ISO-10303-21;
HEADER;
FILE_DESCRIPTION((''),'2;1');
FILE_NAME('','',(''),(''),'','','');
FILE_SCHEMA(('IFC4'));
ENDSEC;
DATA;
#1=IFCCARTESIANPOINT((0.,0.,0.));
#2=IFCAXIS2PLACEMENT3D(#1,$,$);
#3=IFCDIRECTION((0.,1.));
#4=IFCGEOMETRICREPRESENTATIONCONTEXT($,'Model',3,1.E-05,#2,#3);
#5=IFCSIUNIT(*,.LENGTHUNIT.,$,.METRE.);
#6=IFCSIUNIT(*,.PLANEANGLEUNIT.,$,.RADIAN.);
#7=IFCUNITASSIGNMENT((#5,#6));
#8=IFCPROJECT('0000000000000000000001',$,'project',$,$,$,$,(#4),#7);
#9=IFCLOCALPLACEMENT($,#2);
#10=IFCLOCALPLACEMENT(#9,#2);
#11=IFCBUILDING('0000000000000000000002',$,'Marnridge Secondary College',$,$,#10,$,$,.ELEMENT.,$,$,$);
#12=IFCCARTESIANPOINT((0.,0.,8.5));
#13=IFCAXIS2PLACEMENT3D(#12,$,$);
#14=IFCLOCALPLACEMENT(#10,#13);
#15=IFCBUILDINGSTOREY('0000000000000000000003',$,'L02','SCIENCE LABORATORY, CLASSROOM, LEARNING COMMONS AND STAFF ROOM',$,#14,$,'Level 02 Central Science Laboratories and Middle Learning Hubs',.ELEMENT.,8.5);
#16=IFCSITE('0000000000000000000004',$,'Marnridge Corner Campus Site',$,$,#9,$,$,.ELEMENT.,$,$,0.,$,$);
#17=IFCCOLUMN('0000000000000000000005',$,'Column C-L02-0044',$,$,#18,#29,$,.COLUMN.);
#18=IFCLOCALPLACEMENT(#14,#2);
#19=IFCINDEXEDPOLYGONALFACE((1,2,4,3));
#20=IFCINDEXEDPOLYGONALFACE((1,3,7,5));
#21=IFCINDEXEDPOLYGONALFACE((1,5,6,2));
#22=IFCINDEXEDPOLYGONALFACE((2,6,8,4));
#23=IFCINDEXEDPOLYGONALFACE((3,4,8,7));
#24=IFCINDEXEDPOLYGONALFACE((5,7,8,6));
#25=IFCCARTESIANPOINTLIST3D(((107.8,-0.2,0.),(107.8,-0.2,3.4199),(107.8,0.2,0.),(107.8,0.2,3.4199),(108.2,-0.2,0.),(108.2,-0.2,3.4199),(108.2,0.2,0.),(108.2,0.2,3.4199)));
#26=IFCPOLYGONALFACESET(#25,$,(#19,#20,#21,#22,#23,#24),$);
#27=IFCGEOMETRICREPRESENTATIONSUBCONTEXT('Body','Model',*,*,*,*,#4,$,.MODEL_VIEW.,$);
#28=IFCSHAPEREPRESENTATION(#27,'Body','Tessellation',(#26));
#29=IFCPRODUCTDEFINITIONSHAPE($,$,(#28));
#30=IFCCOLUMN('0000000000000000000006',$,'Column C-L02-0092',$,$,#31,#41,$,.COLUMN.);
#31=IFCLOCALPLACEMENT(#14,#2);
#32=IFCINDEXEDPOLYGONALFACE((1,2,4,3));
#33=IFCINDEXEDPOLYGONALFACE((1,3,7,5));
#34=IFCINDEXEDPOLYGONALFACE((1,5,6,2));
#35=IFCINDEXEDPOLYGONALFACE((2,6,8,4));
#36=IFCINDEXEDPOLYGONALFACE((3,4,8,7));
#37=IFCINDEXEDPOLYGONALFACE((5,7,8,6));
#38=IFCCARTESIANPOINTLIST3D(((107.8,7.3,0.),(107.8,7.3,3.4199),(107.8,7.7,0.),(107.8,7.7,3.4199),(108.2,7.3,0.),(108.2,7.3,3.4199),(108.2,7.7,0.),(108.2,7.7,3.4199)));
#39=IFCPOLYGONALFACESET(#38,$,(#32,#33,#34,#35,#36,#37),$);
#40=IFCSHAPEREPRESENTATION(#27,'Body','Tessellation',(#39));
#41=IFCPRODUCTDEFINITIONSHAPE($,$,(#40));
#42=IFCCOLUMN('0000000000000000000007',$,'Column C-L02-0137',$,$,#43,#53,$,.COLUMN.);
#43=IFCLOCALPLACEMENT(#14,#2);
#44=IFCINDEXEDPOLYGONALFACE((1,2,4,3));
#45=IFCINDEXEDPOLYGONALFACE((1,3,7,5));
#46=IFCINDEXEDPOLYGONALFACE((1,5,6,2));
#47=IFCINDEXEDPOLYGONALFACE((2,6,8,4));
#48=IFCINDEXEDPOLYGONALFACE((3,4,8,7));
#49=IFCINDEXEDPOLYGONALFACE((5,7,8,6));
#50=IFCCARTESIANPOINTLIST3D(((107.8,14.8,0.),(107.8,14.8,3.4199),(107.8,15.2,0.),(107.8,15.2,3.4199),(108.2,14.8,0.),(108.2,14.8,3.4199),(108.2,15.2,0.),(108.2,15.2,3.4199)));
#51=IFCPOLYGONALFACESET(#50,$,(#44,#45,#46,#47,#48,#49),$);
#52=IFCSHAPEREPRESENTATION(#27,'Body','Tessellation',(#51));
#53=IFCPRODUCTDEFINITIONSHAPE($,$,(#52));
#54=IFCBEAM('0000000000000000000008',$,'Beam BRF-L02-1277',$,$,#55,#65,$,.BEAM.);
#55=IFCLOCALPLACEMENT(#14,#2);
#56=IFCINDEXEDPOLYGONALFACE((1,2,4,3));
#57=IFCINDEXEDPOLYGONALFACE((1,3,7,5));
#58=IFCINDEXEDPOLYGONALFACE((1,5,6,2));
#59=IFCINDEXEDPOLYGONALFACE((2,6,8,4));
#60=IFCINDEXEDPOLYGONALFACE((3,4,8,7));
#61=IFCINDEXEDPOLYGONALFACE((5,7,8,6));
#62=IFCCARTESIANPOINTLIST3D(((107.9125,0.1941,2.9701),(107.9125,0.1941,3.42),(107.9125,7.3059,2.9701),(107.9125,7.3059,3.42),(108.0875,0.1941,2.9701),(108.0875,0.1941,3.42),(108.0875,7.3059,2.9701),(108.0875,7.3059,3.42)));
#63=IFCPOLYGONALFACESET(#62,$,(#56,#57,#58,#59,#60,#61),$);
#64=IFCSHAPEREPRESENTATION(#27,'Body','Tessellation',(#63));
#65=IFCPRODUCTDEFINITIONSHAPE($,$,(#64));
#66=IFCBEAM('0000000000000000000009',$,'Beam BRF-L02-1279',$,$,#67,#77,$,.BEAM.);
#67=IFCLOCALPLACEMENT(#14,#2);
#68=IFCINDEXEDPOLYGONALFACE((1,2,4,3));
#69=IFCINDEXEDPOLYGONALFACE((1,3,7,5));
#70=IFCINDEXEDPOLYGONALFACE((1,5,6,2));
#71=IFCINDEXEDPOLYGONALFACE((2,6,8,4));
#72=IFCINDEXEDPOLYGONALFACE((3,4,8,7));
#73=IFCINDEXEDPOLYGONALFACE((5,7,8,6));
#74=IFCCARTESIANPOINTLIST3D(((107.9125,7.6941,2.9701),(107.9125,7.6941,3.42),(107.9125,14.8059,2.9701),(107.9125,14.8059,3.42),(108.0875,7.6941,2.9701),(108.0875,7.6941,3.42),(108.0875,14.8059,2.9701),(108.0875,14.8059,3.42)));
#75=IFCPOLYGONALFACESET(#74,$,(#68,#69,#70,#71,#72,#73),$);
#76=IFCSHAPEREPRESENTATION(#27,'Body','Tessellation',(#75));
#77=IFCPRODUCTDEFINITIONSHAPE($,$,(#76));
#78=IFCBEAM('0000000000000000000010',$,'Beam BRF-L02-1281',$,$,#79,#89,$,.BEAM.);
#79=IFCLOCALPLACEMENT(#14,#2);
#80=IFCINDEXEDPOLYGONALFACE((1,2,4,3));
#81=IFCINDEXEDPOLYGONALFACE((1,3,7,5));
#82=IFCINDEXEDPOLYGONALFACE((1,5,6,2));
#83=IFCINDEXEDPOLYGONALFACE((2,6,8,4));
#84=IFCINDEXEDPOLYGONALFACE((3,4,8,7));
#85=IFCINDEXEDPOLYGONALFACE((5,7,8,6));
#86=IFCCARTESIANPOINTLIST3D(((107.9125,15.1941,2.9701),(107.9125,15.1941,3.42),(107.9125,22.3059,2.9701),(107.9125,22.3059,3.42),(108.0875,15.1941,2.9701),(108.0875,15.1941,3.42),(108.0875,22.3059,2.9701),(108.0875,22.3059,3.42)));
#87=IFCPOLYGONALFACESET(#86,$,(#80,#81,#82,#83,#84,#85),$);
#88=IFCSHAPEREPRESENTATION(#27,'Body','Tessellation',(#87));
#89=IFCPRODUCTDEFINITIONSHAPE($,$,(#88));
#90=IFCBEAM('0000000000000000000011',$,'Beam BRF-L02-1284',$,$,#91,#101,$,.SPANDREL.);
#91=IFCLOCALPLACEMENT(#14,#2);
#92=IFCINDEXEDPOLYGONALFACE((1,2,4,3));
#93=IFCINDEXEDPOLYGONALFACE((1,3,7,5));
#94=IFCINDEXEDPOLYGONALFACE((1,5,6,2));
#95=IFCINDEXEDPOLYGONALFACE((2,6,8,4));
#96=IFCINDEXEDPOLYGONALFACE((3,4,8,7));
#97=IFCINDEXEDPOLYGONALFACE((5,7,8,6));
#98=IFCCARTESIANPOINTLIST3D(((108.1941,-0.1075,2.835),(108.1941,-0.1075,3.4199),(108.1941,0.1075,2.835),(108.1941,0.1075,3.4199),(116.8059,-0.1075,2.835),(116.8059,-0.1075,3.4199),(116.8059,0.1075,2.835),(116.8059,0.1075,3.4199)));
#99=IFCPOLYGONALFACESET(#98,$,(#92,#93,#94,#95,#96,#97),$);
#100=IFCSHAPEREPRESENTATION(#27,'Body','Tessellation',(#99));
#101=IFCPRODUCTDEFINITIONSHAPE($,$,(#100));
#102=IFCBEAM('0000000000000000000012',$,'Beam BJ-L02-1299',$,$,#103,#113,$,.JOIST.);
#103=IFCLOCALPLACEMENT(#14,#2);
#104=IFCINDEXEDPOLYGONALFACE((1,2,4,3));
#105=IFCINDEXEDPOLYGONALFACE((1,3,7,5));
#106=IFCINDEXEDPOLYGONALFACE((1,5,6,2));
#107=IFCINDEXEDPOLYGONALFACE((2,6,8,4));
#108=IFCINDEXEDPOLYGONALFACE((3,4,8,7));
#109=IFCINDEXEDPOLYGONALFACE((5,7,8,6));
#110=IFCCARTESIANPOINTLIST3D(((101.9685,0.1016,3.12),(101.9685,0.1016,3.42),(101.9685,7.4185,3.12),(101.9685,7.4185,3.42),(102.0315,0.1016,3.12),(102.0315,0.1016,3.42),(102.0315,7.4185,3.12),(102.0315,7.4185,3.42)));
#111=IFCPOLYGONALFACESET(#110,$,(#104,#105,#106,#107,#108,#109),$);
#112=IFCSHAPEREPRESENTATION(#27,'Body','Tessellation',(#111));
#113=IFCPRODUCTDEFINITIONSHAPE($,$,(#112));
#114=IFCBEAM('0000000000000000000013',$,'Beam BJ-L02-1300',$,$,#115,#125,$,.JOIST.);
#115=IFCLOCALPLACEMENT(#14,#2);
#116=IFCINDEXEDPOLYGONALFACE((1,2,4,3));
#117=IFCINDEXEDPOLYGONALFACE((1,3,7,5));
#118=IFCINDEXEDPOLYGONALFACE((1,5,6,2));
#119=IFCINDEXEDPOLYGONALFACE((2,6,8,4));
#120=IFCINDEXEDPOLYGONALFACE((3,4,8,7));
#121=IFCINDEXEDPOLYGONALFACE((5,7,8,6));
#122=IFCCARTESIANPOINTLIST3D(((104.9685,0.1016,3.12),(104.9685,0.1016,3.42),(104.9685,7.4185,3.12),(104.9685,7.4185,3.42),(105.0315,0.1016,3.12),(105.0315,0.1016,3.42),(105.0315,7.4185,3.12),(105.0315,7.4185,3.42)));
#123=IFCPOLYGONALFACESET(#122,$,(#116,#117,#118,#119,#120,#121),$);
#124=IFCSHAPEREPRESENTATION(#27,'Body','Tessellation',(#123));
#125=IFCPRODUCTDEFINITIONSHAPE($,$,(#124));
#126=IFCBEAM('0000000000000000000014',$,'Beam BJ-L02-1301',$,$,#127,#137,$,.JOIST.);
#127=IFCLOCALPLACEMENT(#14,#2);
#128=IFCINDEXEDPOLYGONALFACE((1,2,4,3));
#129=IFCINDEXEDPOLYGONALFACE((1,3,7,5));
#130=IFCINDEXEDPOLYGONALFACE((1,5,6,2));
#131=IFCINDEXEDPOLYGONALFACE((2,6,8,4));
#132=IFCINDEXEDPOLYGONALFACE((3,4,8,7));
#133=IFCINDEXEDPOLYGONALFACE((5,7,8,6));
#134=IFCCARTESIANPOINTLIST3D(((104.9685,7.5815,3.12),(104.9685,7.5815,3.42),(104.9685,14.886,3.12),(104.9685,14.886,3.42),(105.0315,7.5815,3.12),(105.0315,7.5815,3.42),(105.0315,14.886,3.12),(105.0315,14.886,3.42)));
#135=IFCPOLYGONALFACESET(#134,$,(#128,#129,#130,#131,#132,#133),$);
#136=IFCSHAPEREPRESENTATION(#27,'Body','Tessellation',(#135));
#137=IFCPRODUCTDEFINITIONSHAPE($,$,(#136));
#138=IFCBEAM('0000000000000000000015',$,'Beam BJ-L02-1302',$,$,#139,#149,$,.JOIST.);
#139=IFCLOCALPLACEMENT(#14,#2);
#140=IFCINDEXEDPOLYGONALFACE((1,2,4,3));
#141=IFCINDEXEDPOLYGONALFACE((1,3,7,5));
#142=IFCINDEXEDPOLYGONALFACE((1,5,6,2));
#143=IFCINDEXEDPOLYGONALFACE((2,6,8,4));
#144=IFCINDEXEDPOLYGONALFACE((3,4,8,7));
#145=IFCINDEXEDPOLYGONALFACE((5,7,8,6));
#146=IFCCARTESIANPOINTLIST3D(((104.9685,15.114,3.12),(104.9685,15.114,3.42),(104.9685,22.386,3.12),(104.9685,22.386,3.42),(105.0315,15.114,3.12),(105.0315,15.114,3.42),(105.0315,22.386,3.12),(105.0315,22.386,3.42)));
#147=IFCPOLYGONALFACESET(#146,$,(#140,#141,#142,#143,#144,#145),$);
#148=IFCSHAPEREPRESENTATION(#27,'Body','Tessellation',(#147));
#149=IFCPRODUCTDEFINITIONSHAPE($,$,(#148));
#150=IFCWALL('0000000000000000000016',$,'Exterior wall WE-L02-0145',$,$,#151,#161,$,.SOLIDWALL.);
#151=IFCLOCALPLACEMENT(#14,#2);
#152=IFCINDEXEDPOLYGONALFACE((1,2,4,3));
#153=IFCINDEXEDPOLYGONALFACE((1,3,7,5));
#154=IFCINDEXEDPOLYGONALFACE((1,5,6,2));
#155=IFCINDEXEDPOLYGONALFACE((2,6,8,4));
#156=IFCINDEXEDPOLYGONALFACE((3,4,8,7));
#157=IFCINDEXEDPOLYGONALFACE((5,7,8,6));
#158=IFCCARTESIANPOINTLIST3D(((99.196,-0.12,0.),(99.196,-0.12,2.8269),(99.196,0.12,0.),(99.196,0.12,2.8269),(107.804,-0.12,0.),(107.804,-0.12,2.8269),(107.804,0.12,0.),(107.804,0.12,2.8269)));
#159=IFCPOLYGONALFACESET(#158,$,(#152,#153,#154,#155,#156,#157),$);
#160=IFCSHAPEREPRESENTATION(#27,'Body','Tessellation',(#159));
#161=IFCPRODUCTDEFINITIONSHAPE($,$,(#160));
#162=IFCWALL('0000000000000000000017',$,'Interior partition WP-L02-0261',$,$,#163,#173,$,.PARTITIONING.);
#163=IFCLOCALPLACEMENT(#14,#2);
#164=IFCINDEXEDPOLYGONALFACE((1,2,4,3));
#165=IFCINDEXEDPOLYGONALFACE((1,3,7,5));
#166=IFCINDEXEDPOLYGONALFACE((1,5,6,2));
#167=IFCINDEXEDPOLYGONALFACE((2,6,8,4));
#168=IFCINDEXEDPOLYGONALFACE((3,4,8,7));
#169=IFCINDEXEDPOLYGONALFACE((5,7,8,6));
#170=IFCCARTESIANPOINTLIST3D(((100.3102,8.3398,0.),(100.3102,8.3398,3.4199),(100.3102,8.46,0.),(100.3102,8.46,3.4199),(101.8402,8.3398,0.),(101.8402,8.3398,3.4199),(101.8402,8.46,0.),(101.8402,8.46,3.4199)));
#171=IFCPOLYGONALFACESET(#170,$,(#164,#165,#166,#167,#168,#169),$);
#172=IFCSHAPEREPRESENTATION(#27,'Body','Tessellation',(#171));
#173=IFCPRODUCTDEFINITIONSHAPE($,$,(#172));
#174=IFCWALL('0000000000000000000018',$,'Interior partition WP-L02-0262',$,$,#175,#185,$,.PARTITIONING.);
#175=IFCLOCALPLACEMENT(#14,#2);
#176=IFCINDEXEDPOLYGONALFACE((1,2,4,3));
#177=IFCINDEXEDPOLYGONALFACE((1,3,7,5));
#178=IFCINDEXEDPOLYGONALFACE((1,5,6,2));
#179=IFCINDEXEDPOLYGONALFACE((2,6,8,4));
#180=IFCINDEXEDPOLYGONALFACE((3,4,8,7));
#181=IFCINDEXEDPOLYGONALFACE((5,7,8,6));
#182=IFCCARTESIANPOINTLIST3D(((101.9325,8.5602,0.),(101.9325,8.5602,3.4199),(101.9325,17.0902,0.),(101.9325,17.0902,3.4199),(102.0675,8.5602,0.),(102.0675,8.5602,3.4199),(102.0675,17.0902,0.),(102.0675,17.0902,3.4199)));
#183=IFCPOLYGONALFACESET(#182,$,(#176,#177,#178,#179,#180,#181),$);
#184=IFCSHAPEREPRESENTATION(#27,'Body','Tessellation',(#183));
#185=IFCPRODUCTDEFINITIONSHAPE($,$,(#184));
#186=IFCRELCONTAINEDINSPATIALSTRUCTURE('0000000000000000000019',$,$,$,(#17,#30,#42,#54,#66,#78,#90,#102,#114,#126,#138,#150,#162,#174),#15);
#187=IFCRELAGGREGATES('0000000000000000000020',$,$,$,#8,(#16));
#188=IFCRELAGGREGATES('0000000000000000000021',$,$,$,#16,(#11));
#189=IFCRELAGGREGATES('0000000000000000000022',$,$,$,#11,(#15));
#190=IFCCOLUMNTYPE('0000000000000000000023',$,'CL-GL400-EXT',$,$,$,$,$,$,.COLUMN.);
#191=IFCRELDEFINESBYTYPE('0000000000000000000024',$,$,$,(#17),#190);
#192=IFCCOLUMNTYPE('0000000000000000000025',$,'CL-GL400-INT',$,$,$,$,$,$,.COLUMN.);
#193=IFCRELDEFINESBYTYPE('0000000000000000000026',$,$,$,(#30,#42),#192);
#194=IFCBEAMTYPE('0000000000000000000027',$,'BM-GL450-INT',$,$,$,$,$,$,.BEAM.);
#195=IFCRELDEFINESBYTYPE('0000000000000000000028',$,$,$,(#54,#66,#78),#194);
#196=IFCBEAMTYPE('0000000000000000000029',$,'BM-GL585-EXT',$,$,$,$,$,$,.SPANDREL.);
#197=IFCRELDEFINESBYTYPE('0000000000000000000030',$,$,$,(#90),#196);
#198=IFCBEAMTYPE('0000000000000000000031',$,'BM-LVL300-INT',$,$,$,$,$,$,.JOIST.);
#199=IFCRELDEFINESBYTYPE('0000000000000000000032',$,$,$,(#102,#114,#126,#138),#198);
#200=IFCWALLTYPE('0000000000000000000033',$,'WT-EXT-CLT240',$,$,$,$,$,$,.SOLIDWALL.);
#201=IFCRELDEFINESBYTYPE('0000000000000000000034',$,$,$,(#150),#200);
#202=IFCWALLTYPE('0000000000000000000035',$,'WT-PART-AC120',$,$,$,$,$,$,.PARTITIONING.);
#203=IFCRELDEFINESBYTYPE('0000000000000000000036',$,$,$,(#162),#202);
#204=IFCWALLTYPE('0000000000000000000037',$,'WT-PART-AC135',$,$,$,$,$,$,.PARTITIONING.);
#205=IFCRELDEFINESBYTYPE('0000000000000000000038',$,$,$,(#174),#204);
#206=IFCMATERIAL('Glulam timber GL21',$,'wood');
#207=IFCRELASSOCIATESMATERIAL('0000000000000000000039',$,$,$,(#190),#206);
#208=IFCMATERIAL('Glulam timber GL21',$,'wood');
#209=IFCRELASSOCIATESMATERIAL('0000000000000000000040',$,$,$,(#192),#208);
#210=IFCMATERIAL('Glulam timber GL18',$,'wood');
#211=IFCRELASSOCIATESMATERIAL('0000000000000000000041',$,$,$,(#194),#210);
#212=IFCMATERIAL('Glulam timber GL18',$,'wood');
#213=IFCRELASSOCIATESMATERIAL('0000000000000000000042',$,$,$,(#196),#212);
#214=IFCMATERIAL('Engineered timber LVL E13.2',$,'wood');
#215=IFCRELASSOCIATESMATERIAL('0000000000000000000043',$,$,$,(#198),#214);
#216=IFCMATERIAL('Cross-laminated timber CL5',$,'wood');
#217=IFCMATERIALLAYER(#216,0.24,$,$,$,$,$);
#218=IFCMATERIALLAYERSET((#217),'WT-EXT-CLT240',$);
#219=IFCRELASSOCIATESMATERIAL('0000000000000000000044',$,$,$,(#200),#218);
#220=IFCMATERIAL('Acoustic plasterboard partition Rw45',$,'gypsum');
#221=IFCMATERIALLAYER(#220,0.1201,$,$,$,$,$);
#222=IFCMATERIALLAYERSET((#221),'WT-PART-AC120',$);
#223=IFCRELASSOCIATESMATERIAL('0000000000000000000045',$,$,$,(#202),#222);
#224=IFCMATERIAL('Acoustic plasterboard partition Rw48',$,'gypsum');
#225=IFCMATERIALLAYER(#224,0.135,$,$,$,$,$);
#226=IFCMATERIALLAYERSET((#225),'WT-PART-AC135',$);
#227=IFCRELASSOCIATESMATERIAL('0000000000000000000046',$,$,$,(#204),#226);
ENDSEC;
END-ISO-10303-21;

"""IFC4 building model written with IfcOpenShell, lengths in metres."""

from ifc_helpers import new_model, si_unit, direction, frame, frame_2d, origin, origin_2d, place, context, subcontext, project, spatial, rectangle, extrude, material, layer, layer_set, material_profile, profile_set, type_object, element, save


model = new_model("IFC4")

# Units and contexts
model_context = context("Model", 3, precision=1e-05, world=origin(), true_north=direction((0.0, 1.0)))
body_context = subcontext(model_context, "Body", "Model", "MODEL_VIEW")
ifc_project = project(units=[si_unit("LENGTHUNIT", "METRE"), si_unit("PLANEANGLEUNIT", "RADIAN")], contexts=[model_context])

# Site, building, storey
site_placement = place(None, origin())
site = spatial("IfcSite", under=ifc_project, at=site_placement, Name="Marnridge Corner Campus Site", CompositionType="ELEMENT", RefElevation=0.0)
building_placement = place(site_placement, origin())
building = spatial("IfcBuilding", under=site, at=building_placement, Name="Marnridge Secondary College", CompositionType="ELEMENT")
storey_placement = place(building_placement, frame((0.0, 0.0, 8.5)))
storey = spatial("IfcBuildingStorey", under=building, at=storey_placement, Name="L02", Description="SCIENCE LABORATORY, CLASSROOM, LEARNING COMMONS AND STAFF ROOM", LongName="Level 02 Central Science Laboratories and Middle Learning Hubs", CompositionType="ELEMENT", Elevation=8.5)

# Columns
ifc_material_1 = material(Name="Glulam timber GL21", Category="wood")
ifc_material_profile_1 = material_profile(ifc_material_1, rectangle(XDim=0.3999, YDim=0.3999, at=origin_2d()), Name="GL21 400x400")
ifc_profile_set_1 = profile_set([ifc_material_profile_1], Name="Glulam timber GL21")
column_type_1 = type_object("IfcColumnType", Name="CL-GL400-EXT", PredefinedType="COLUMN", material=ifc_profile_set_1)
column_placement = place(storey_placement, frame((108.0, 0.0, 0.0), z_axis=(0.0, 0.0, 1.0), x_axis=(1.0, 0.0, 0.0)))
element("IfcColumn", 1, at=column_placement, inside=storey, type_object=column_type_1, Name="Column C-L02-0044", PredefinedType="COLUMN", context=body_context, shape_type="SweptSolid", body=[
    extrude(rectangle(XDim=0.3999, YDim=0.3999, at=origin_2d()), origin(), (0.0, 0.0, 1.0), 3.4199),
])
ifc_material_2 = material(Name="Glulam timber GL21", Category="wood")
ifc_material_profile_2 = material_profile(ifc_material_2, rectangle(XDim=0.3999, YDim=0.3999, at=origin_2d()), Name="GL21 400x400")
ifc_profile_set_2 = profile_set([ifc_material_profile_2], Name="Glulam timber GL21")
column_type_2 = type_object("IfcColumnType", Name="CL-GL400-INT", PredefinedType="COLUMN", material=ifc_profile_set_2)
for number, where, z_axis, x_axis, name in (
    (2, (108.0, 7.5, 0.0), (0.0, 0.0, 1.0), (1.0, 0.0, 0.0), "Column C-L02-0092"),
    (3, (108.0, 15.0, 0.0), (0.0, 0.0, 1.0), (1.0, 0.0, 0.0), "Column C-L02-0137"),
):
    element("IfcColumn", number, at=place(storey_placement, frame(where, z_axis=z_axis, x_axis=x_axis)), inside=storey, type_object=column_type_2, Name=name, PredefinedType="COLUMN", context=body_context, shape_type="SweptSolid", body=[
        extrude(rectangle(XDim=0.3999, YDim=0.3999, at=origin_2d()), origin(), (0.0, 0.0, 1.0), 3.4199),
    ])

# Beams
ifc_material_3 = material(Name="Glulam timber GL18", Category="wood")
ifc_material_profile_3 = material_profile(ifc_material_3, rectangle(XDim=0.175, YDim=0.45, at=origin_2d()), Name="GL18 175x450")
ifc_profile_set_3 = profile_set([ifc_material_profile_3], Name="Glulam timber GL18")
beam_type_1 = type_object("IfcBeamType", Name="BM-GL450-INT", PredefinedType="BEAM", material=ifc_profile_set_3)
for number, where, z_axis, x_axis, name in (
    (4, (108.0, 0.1941, 3.1951), (0.0, 1.0, 0.0), (-1.0, 0.0, 0.0), "Beam BRF-L02-1277"),
    (5, (108.0, 7.6941, 3.1951), (0.0, 1.0, 0.0), (-1.0, 0.0, 0.0), "Beam BRF-L02-1279"),
    (6, (108.0, 15.1941, 3.1951), (0.0, 1.0, 0.0), (-1.0, 0.0, 0.0), "Beam BRF-L02-1281"),
):
    element("IfcBeam", number, at=place(storey_placement, frame(where, z_axis=z_axis, x_axis=x_axis)), inside=storey, type_object=beam_type_1, Name=name, PredefinedType="BEAM", context=body_context, shape_type="SweptSolid", body=[
        extrude(rectangle(XDim=0.175, YDim=0.45, at=origin_2d()), origin(), (0.0, 0.0, 1.0), 7.1118),
    ])
ifc_material_4 = material(Name="Glulam timber GL18", Category="wood")
ifc_material_profile_4 = material_profile(ifc_material_4, rectangle(XDim=0.2151, YDim=0.585, at=origin_2d()), Name="GL18 215x585")
ifc_profile_set_4 = profile_set([ifc_material_profile_4], Name="Glulam timber GL18")
beam_type_2 = type_object("IfcBeamType", Name="BM-GL585-EXT", PredefinedType="SPANDREL", material=ifc_profile_set_4)
beam_1_placement = place(storey_placement, frame((108.1941, 0.0, 3.1274), z_axis=(1.0, 0.0, 0.0), x_axis=(0.0, 1.0, 0.0)))
element("IfcBeam", 7, at=beam_1_placement, inside=storey, type_object=beam_type_2, Name="Beam BRF-L02-1284", PredefinedType="SPANDREL", context=body_context, shape_type="SweptSolid", body=[
    extrude(rectangle(XDim=0.2151, YDim=0.585, at=origin_2d()), origin(), (0.0, 0.0, 1.0), 8.6118),
])
ifc_material_5 = material(Name="Engineered timber LVL E13.2", Category="wood")
ifc_material_profile_5 = material_profile(ifc_material_5, rectangle(XDim=0.063, YDim=0.3, at=origin_2d()), Name="LVL 63x300")
ifc_profile_set_5 = profile_set([ifc_material_profile_5], Name="Engineered timber LVL E13.2")
beam_type_3 = type_object("IfcBeamType", Name="BM-LVL300-INT", PredefinedType="JOIST", material=ifc_profile_set_5)
for number, where, z_axis, x_axis, name in (
    (8, (102.0, 0.1016, 3.27), (0.0, 1.0, 0.0), (-1.0, 0.0, 0.0), "Beam BJ-L02-1299"),
    (9, (105.0, 0.1016, 3.27), (0.0, 1.0, 0.0), (-1.0, 0.0, 0.0), "Beam BJ-L02-1300"),
):
    element("IfcBeam", number, at=place(storey_placement, frame(where, z_axis=z_axis, x_axis=x_axis)), inside=storey, type_object=beam_type_3, Name=name, PredefinedType="JOIST", context=body_context, shape_type="SweptSolid", body=[
        extrude(rectangle(XDim=0.063, YDim=0.3, at=origin_2d()), origin(), (0.0, 0.0, 1.0), 7.3169),
    ])
beam_2_placement = place(storey_placement, frame((105.0, 7.5815, 3.27), z_axis=(0.0, 1.0, 0.0), x_axis=(-1.0, 0.0, 0.0)))
element("IfcBeam", 10, at=beam_2_placement, inside=storey, type_object=beam_type_3, Name="Beam BJ-L02-1301", PredefinedType="JOIST", context=body_context, shape_type="SweptSolid", body=[
    extrude(rectangle(XDim=0.063, YDim=0.3, at=origin_2d()), origin(), (0.0, 0.0, 1.0), 7.3044),
])
beam_3_placement = place(storey_placement, frame((105.0, 15.114, 3.27), z_axis=(0.0, 1.0, 0.0), x_axis=(-1.0, 0.0, 0.0)))
element("IfcBeam", 11, at=beam_3_placement, inside=storey, type_object=beam_type_3, Name="Beam BJ-L02-1302", PredefinedType="JOIST", context=body_context, shape_type="SweptSolid", body=[
    extrude(rectangle(XDim=0.063, YDim=0.3, at=origin_2d()), origin(), (0.0, 0.0, 1.0), 7.272),
])

# Walls
ifc_material_6 = material(Name="Cross-laminated timber CL5", Category="wood")
ifc_layer_1 = layer(ifc_material_6, 0.24)
ifc_layer_set_1 = layer_set([ifc_layer_1], Name="WT-EXT-CLT240")
wall_type_1 = type_object("IfcWallType", Name="WT-EXT-CLT240", PredefinedType="SOLIDWALL", material=ifc_layer_set_1)
wall_1_placement = place(storey_placement, frame((107.804, 0.0, 0.0), z_axis=(0.0, 0.0, 1.0), x_axis=(-1.0, 0.0, 0.0)))
element("IfcWall", 12, at=wall_1_placement, inside=storey, type_object=wall_type_1, Name="Exterior wall WE-L02-0145", PredefinedType="SOLIDWALL", context=body_context, shape_type="SweptSolid", body=[
    extrude(rectangle(XDim=8.6079, YDim=0.24, at=frame_2d((4.304, 0.0))), origin(), (0.0, 0.0, 1.0), 2.8269),
])
ifc_material_7 = material(Name="Acoustic plasterboard partition Rw45", Category="gypsum")
ifc_layer_2 = layer(ifc_material_7, 0.1201)
ifc_layer_set_2 = layer_set([ifc_layer_2], Name="WT-PART-AC120")
wall_type_2 = type_object("IfcWallType", Name="WT-PART-AC120", PredefinedType="PARTITIONING", material=ifc_layer_set_2)
wall_2_placement = place(storey_placement, frame((100.3101, 8.3999, 0.0), z_axis=(0.0, 0.0, 1.0), x_axis=(1.0, 0.0, 0.0)))
element("IfcWall", 13, at=wall_2_placement, inside=storey, type_object=wall_type_2, Name="Interior partition WP-L02-0261", PredefinedType="PARTITIONING", context=body_context, shape_type="SweptSolid", body=[
    extrude(rectangle(XDim=1.53, YDim=0.1201, at=frame_2d((0.7651, 0.0))), origin(), (0.0, 0.0, 1.0), 3.4199),
])
ifc_material_8 = material(Name="Acoustic plasterboard partition Rw48", Category="gypsum")
ifc_layer_3 = layer(ifc_material_8, 0.135)
ifc_layer_set_3 = layer_set([ifc_layer_3], Name="WT-PART-AC135")
wall_type_3 = type_object("IfcWallType", Name="WT-PART-AC135", PredefinedType="PARTITIONING", material=ifc_layer_set_3)
wall_3_placement = place(storey_placement, frame((102.0, 8.5601, 0.0), z_axis=(0.0, 0.0, 1.0), x_axis=(0.0, 1.0, 0.0)))
element("IfcWall", 14, at=wall_3_placement, inside=storey, type_object=wall_type_3, Name="Interior partition WP-L02-0262", PredefinedType="PARTITIONING", context=body_context, shape_type="SweptSolid", body=[
    extrude(rectangle(XDim=8.53, YDim=0.135, at=frame_2d((4.2651, 0.0))), origin(), (0.0, 0.0, 1.0), 3.4199),
])

save(model, "model.ifc")
